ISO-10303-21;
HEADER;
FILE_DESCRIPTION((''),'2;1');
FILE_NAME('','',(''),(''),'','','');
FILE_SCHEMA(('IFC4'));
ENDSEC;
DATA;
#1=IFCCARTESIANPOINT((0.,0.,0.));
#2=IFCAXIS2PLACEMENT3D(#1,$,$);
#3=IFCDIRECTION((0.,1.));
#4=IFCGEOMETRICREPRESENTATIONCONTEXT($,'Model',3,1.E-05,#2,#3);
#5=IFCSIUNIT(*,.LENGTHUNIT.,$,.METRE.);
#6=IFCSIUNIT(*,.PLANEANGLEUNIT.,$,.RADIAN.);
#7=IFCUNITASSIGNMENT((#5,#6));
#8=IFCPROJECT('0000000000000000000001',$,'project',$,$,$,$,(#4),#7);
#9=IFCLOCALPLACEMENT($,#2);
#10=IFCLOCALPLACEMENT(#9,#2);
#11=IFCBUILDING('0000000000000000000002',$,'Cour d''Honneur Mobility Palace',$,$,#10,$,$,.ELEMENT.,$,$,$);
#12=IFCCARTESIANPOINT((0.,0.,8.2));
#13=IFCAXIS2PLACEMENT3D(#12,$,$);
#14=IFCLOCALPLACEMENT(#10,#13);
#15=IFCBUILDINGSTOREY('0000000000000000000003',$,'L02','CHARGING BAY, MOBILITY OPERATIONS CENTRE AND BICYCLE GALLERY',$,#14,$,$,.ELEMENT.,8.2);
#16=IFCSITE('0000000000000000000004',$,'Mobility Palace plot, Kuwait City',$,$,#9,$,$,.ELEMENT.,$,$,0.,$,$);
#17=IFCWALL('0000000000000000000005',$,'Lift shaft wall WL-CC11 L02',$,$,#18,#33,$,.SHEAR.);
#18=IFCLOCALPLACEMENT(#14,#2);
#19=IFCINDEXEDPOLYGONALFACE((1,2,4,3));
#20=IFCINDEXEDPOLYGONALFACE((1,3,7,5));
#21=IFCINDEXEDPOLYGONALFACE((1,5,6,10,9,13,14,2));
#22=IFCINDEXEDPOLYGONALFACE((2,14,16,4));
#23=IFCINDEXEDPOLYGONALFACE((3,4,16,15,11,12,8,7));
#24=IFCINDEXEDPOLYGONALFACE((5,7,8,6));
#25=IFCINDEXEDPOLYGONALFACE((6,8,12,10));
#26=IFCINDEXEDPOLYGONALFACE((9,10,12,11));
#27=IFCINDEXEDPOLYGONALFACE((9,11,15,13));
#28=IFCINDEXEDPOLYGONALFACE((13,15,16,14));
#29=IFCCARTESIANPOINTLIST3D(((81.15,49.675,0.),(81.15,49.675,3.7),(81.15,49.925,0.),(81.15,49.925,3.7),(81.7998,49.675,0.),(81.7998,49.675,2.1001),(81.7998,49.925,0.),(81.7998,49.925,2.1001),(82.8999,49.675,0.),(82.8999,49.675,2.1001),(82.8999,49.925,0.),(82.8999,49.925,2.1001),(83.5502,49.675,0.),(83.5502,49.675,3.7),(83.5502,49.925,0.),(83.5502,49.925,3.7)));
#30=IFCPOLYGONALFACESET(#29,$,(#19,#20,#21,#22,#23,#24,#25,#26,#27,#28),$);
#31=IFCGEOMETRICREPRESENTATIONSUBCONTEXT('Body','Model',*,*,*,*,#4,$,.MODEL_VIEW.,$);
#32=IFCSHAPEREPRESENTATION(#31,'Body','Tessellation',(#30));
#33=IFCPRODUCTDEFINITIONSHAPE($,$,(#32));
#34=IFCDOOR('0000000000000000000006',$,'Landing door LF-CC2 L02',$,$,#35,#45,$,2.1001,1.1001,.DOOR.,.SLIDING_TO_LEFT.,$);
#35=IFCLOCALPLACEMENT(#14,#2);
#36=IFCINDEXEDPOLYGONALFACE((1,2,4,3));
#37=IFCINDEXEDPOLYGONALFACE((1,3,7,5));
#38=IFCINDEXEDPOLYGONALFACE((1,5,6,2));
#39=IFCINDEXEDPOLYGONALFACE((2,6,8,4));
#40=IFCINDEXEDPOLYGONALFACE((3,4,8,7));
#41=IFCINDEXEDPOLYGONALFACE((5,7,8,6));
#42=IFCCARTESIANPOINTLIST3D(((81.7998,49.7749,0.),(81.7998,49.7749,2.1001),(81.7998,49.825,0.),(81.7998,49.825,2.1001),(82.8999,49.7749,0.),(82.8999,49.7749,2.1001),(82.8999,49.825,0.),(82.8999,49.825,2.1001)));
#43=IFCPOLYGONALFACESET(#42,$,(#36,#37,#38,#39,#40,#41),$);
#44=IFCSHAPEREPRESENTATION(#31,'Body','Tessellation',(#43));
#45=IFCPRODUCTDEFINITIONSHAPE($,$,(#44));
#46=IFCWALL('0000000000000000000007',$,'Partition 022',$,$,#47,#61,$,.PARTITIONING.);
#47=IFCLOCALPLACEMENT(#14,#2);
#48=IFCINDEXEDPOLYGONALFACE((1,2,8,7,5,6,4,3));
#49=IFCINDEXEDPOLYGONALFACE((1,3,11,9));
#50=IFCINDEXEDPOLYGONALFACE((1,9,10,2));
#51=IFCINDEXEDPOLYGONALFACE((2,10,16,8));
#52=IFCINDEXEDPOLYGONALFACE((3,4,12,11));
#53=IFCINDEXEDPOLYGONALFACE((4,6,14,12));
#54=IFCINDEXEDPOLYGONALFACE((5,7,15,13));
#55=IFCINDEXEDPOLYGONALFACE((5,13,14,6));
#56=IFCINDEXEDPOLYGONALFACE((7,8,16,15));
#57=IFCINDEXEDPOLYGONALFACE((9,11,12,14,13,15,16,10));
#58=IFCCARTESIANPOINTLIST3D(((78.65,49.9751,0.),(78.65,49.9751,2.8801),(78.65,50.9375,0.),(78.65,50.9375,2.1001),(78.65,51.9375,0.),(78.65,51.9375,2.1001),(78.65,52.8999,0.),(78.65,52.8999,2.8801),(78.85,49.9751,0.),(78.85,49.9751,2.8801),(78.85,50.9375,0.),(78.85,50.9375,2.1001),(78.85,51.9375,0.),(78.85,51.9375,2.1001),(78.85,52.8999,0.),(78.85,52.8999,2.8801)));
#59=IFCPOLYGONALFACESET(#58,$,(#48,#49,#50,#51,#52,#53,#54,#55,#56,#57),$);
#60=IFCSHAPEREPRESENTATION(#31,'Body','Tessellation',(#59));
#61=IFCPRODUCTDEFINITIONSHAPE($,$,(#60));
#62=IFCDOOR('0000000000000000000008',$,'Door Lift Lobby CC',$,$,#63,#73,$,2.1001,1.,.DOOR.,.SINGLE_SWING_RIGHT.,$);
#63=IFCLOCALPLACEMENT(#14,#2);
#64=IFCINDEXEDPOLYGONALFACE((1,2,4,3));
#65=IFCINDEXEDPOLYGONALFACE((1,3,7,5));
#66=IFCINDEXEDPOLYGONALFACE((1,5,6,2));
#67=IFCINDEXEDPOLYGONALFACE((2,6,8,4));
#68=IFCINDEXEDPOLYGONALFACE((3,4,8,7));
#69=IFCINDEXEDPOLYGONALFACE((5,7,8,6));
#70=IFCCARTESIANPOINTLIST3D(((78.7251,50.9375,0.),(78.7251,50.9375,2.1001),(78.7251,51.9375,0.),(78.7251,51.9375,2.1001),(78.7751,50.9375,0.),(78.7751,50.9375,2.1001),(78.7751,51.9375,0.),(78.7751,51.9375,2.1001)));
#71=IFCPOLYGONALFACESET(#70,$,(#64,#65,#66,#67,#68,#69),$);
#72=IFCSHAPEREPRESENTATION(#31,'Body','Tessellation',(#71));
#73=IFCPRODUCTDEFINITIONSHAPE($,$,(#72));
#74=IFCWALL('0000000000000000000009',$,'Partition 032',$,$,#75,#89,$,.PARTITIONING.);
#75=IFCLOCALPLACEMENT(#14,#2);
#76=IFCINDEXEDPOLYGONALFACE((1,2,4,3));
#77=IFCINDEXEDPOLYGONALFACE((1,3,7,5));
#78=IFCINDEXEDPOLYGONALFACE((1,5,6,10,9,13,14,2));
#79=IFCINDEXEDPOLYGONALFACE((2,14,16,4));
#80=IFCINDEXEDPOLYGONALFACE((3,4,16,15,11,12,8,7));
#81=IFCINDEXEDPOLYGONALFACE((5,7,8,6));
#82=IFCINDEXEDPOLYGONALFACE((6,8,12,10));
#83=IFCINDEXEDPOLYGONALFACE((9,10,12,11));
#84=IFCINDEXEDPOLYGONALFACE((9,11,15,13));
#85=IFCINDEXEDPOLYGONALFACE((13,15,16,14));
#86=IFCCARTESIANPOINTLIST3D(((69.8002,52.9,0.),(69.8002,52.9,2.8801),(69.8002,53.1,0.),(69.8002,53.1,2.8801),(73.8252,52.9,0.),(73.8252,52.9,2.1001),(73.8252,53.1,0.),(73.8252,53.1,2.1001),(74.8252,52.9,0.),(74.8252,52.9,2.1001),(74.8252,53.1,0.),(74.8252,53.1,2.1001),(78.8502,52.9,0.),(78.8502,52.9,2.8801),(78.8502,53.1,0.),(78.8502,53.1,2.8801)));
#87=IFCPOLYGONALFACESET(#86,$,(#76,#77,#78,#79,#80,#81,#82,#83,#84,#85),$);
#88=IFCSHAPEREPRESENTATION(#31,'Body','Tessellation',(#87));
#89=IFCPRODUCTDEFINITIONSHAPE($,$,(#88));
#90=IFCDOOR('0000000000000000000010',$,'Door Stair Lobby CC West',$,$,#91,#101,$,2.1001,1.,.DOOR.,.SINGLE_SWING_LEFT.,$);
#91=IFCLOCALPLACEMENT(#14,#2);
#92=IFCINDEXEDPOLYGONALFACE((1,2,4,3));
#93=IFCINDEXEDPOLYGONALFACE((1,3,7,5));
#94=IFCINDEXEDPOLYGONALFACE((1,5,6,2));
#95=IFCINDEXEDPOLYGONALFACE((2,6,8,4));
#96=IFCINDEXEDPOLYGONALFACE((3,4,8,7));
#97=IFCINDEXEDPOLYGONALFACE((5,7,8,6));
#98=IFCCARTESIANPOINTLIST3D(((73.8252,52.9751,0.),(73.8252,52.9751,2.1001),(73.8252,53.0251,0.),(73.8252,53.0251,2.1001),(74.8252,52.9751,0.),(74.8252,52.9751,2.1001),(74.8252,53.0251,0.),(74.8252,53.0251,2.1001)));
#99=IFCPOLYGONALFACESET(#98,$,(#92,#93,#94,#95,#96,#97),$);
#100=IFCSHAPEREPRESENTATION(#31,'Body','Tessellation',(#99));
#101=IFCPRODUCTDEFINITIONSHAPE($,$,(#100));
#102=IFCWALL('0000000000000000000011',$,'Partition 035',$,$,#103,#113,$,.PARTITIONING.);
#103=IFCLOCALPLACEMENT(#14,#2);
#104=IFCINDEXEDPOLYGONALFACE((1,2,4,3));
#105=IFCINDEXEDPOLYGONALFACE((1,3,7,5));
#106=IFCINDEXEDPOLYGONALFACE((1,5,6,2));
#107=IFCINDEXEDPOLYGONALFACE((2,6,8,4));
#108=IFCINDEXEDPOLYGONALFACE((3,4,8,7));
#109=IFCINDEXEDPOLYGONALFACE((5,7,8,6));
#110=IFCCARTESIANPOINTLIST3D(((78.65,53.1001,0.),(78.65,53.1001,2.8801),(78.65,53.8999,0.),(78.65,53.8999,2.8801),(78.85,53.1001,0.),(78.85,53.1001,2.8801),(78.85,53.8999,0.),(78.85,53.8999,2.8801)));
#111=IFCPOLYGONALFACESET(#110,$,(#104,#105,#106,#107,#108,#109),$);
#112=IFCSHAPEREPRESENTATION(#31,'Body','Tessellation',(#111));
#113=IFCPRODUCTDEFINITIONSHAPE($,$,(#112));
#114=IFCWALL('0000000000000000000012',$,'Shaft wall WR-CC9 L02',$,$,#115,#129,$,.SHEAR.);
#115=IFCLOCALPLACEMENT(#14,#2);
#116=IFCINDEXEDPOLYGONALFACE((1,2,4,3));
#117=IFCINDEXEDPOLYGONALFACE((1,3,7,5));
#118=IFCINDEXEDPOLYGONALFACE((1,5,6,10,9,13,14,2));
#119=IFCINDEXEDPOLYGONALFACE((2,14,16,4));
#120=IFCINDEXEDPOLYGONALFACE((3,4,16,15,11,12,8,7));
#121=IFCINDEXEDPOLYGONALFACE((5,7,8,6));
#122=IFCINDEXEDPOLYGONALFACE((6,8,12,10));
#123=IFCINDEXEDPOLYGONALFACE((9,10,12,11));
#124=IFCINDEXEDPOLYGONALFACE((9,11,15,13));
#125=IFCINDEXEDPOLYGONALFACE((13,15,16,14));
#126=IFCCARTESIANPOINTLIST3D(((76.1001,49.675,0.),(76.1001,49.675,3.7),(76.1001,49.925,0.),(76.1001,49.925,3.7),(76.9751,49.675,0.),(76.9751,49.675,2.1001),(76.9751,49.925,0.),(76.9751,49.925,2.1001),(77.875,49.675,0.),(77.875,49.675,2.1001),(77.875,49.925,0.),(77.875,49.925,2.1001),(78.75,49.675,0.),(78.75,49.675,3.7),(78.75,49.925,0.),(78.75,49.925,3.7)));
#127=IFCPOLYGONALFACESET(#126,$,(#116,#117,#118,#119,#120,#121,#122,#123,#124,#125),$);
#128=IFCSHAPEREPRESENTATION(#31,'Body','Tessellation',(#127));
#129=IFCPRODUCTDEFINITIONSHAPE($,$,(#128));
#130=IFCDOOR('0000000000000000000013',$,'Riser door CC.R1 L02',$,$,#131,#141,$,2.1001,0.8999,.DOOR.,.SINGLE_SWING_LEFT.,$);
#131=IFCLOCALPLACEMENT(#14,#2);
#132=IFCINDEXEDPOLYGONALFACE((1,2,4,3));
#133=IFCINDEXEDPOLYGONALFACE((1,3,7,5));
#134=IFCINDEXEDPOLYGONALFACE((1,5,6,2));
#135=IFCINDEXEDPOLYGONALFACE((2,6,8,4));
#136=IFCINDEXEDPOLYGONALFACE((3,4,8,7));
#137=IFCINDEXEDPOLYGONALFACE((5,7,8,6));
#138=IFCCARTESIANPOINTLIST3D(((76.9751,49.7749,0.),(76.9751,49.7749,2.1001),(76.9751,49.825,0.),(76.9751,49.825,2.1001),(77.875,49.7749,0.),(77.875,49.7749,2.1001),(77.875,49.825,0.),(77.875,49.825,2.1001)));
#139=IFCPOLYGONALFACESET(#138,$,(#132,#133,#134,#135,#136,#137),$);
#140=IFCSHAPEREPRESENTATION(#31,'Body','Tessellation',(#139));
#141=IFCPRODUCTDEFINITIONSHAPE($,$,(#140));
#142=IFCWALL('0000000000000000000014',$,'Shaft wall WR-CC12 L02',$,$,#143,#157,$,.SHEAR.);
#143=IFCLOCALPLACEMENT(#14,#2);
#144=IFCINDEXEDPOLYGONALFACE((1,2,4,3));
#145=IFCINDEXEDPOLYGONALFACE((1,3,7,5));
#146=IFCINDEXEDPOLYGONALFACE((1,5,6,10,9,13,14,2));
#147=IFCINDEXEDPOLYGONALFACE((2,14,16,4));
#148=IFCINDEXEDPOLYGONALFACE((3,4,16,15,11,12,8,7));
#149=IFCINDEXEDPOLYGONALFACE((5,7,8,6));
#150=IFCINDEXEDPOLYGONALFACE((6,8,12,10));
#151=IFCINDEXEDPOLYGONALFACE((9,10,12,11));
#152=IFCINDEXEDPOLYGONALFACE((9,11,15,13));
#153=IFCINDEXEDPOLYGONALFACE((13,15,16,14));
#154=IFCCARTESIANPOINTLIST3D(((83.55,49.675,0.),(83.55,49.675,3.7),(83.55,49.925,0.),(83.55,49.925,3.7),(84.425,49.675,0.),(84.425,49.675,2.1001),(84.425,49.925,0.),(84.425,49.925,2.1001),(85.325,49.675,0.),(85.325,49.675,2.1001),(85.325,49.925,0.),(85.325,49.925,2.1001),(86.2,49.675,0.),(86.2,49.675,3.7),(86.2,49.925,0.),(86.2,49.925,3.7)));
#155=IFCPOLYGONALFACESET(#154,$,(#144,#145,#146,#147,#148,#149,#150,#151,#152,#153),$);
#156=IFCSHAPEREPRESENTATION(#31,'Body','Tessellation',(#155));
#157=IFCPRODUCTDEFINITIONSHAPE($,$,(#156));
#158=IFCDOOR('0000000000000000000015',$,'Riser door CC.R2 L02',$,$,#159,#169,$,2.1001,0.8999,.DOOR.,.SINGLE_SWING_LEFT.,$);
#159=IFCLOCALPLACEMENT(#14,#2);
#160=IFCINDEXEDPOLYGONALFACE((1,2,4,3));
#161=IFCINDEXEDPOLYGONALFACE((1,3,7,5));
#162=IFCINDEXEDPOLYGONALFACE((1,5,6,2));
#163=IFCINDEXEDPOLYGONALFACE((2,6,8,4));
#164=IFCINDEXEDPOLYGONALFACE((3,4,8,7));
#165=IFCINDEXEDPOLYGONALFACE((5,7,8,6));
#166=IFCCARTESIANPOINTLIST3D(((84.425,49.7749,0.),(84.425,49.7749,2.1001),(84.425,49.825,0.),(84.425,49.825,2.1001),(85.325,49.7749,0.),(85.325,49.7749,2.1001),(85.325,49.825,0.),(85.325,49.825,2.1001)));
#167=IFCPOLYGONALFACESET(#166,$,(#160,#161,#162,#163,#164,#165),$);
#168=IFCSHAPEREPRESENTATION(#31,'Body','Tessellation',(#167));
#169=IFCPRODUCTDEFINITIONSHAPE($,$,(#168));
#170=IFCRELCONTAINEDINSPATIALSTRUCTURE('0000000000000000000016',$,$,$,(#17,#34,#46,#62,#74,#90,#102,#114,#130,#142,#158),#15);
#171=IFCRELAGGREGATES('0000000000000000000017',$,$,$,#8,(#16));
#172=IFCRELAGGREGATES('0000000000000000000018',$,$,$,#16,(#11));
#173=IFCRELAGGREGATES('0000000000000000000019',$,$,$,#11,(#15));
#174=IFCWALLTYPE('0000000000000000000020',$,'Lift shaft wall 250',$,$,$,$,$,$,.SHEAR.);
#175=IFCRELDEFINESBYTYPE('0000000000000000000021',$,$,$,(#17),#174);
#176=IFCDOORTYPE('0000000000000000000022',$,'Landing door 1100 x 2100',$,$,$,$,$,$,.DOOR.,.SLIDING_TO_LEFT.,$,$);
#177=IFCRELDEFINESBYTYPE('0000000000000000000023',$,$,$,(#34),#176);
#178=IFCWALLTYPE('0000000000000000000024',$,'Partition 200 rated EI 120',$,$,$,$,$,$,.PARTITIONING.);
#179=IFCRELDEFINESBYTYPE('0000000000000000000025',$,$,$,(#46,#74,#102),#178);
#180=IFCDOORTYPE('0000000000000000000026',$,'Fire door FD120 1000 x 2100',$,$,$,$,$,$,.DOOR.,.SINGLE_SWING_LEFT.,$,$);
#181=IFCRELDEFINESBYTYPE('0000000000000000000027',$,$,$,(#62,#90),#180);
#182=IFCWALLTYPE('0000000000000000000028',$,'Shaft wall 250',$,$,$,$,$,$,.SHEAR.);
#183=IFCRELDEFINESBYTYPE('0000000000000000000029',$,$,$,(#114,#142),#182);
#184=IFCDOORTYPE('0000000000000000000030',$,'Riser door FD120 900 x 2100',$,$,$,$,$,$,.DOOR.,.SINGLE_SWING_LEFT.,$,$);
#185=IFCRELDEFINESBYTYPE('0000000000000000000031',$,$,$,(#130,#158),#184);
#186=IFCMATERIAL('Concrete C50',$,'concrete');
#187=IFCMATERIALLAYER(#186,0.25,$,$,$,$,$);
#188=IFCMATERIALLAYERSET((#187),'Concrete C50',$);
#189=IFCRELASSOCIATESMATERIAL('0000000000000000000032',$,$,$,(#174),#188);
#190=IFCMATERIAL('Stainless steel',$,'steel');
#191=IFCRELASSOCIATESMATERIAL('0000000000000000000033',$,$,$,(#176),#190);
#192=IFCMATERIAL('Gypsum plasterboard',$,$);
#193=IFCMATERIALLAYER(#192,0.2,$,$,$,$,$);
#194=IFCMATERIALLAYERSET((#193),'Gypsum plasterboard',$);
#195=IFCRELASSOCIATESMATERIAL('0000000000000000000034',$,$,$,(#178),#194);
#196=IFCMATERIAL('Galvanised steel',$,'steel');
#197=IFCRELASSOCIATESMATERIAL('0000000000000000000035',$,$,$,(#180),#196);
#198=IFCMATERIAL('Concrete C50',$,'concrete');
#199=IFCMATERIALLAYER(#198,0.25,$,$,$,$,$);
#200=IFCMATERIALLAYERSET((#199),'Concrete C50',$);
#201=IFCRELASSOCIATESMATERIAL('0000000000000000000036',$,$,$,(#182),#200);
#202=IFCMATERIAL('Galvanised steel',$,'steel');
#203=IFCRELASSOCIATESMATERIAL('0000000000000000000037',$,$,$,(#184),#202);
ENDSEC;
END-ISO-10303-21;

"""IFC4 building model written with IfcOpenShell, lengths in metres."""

from ifc_helpers import new_model, si_unit, direction, frame, frame_2d, origin, place, context, subcontext, project, spatial, rectangle, extrude, material, layer, layer_set, type_object, element, fill, save


model = new_model("IFC4")

# Units and contexts
model_context = context("Model", 3, precision=1e-05, world=origin(), true_north=direction((0.0, 1.0)))
body_context = subcontext(model_context, "Body", "Model", "MODEL_VIEW")
ifc_project = project(units=[si_unit("LENGTHUNIT", "METRE"), si_unit("PLANEANGLEUNIT", "RADIAN")], contexts=[model_context])

# Site, building, storey
site_placement = place(None, origin())
site = spatial("IfcSite", under=ifc_project, at=site_placement, Name="Mobility Palace plot, Kuwait City", CompositionType="ELEMENT", RefElevation=0.0)
building_placement = place(site_placement, origin())
building = spatial("IfcBuilding", under=site, at=building_placement, Name="Cour d'Honneur Mobility Palace", CompositionType="ELEMENT")
storey_placement = place(building_placement, frame((0.0, 0.0, 8.2)))
storey = spatial("IfcBuildingStorey", under=building, at=storey_placement, Name="L02", Description="CHARGING BAY, MOBILITY OPERATIONS CENTRE AND BICYCLE GALLERY", CompositionType="ELEMENT", Elevation=8.2)

# Walls, openings, doors
ifc_material_1 = material(Name="Concrete C50", Category="concrete")
ifc_layer_1 = layer(ifc_material_1, 0.25)
ifc_layer_set_1 = layer_set([ifc_layer_1], Name="Concrete C50")
wall_type_1 = type_object("IfcWallType", Name="Lift shaft wall 250", PredefinedType="SHEAR", material=ifc_layer_set_1)
ifc_material_2 = material(Name="Stainless steel", Category="steel")
door_type_1 = type_object("IfcDoorType", Name="Landing door 1100 x 2100", OperationType="SLIDING_TO_LEFT", PredefinedType="DOOR", material=ifc_material_2)
wall_1_placement = place(storey_placement, frame((81.1499, 49.8, 0.0), z_axis=(0.0, 0.0, 1.0), x_axis=(1.0, 0.0, 0.0)))
wall_1 = element("IfcWall", 1, at=wall_1_placement, inside=storey, type_object=wall_type_1, Name="Lift shaft wall WL-CC11 L02", PredefinedType="SHEAR", context=body_context, shape_type="SweptSolid", body=[
    extrude(rectangle(XDim=2.4001, YDim=0.25, at=frame_2d((1.2002, 0.0))), origin(), (0.0, 0.0, 1.0), 3.7),
])
opening_1_placement = place(wall_1_placement, frame((0.6499, 0.0, 0.0)))
opening_1 = element("IfcOpeningElement", 2, at=opening_1_placement, cuts=wall_1, PredefinedType="OPENING", context=body_context, shape_type="SweptSolid", body=[
    extrude(rectangle(XDim=1.1001, YDim=2.1001, at=frame_2d((0.55, 1.05))), frame((0.0, 0.135, 0.0), z_axis=(0.0, -1.0, 0.0), x_axis=(1.0, 0.0, 0.0)), (0.0, 0.0, 1.0), 0.27),
])
door_1_placement = place(opening_1_placement, origin())
door_1 = element("IfcDoor", 3, at=door_1_placement, inside=storey, type_object=door_type_1, Name="Landing door LF-CC2 L02", OperationType="SLIDING_TO_LEFT", OverallHeight=2.1001, OverallWidth=1.1001, PredefinedType="DOOR", context=body_context, shape_type="SweptSolid", body=[
    extrude(rectangle(XDim=1.1001, YDim=2.1001, at=frame_2d((0.55, 1.05))), frame((0.0, 0.0249, 0.0), z_axis=(0.0, -1.0, 0.0), x_axis=(1.0, 0.0, 0.0)), (0.0, 0.0, 1.0), 0.05),
])
fill(opening_1, door_1)
ifc_material_3 = material(Name="Gypsum plasterboard")
ifc_layer_2 = layer(ifc_material_3, 0.2)
ifc_layer_set_2 = layer_set([ifc_layer_2], Name="Gypsum plasterboard")
wall_type_2 = type_object("IfcWallType", Name="Partition 200 rated EI 120", PredefinedType="PARTITIONING", material=ifc_layer_set_2)
wall_2_placement = place(storey_placement, frame((78.75, 49.9751, 0.0), z_axis=(0.0, 0.0, 1.0), x_axis=(0.0, 1.0, 0.0)))
wall_2 = element("IfcWall", 4, at=wall_2_placement, inside=storey, type_object=wall_type_2, Name="Partition 022", PredefinedType="PARTITIONING", context=body_context, shape_type="SweptSolid", body=[
    extrude(rectangle(XDim=2.9248, YDim=0.2, at=frame_2d((1.4624, 0.0))), origin(), (0.0, 0.0, 1.0), 2.8801),
])
opening_2_placement = place(wall_2_placement, frame((0.9624, 0.0, 0.0)))
opening_2 = element("IfcOpeningElement", 5, at=opening_2_placement, cuts=wall_2, PredefinedType="OPENING", context=body_context, shape_type="SweptSolid", body=[
    extrude(rectangle(XDim=1.0, YDim=2.1001, at=frame_2d((0.5, 1.05))), frame((0.0, 0.1099, 0.0), z_axis=(0.0, -1.0, 0.0), x_axis=(1.0, 0.0, 0.0)), (0.0, 0.0, 1.0), 0.22),
])
ifc_material_4 = material(Name="Galvanised steel", Category="steel")
door_type_2 = type_object("IfcDoorType", Name="Fire door FD120 1000 x 2100", OperationType="SINGLE_SWING_LEFT", PredefinedType="DOOR", material=ifc_material_4)
door_2_placement = place(opening_2_placement, origin())
door_2 = element("IfcDoor", 6, at=door_2_placement, inside=storey, type_object=door_type_2, Name="Door Lift Lobby CC", OperationType="SINGLE_SWING_RIGHT", OverallHeight=2.1001, OverallWidth=1.0, PredefinedType="DOOR", context=body_context, shape_type="SweptSolid", body=[
    extrude(rectangle(XDim=1.0, YDim=2.1001, at=frame_2d((0.5, 1.05))), frame((0.0, 0.0249, 0.0), z_axis=(0.0, -1.0, 0.0), x_axis=(1.0, 0.0, 0.0)), (0.0, 0.0, 1.0), 0.05),
])
fill(opening_2, door_2)
wall_3_placement = place(storey_placement, frame((78.8501, 53.0, 0.0), z_axis=(0.0, 0.0, 1.0), x_axis=(-1.0, 0.0, 0.0)))
wall_3 = element("IfcWall", 7, at=wall_3_placement, inside=storey, type_object=wall_type_2, Name="Partition 032", PredefinedType="PARTITIONING", context=body_context, shape_type="SweptSolid", body=[
    extrude(rectangle(XDim=9.05, YDim=0.2, at=frame_2d((4.5249, 0.0))), origin(), (0.0, 0.0, 1.0), 2.8801),
])
opening_3_placement = place(wall_3_placement, frame((4.0249, 0.0, 0.0)))
opening_3 = element("IfcOpeningElement", 8, at=opening_3_placement, cuts=wall_3, PredefinedType="OPENING", context=body_context, shape_type="SweptSolid", body=[
    extrude(rectangle(XDim=1.0, YDim=2.1001, at=frame_2d((0.5, 1.05))), frame((0.0, 0.1099, 0.0), z_axis=(0.0, -1.0, 0.0), x_axis=(1.0, 0.0, 0.0)), (0.0, 0.0, 1.0), 0.22),
])
door_3_placement = place(opening_3_placement, origin())
door_3 = element("IfcDoor", 9, at=door_3_placement, inside=storey, type_object=door_type_2, Name="Door Stair Lobby CC West", OperationType="SINGLE_SWING_LEFT", OverallHeight=2.1001, OverallWidth=1.0, PredefinedType="DOOR", context=body_context, shape_type="SweptSolid", body=[
    extrude(rectangle(XDim=1.0, YDim=2.1001, at=frame_2d((0.5, 1.05))), frame((0.0, 0.0249, 0.0), z_axis=(0.0, -1.0, 0.0), x_axis=(1.0, 0.0, 0.0)), (0.0, 0.0, 1.0), 0.05),
])
fill(opening_3, door_3)

# Wall
wall_4_placement = place(storey_placement, frame((78.75, 53.8999, 0.0), z_axis=(0.0, 0.0, 1.0), x_axis=(0.0, -1.0, 0.0)))
element("IfcWall", 10, at=wall_4_placement, inside=storey, type_object=wall_type_2, Name="Partition 035", PredefinedType="PARTITIONING", context=body_context, shape_type="SweptSolid", body=[
    extrude(rectangle(XDim=0.7998, YDim=0.2, at=frame_2d((0.3999, 0.0))), origin(), (0.0, 0.0, 1.0), 2.8801),
])

# Walls, openings, doors
ifc_material_5 = material(Name="Concrete C50", Category="concrete")
ifc_layer_3 = layer(ifc_material_5, 0.25)
ifc_layer_set_3 = layer_set([ifc_layer_3], Name="Concrete C50")
wall_type_3 = type_object("IfcWallType", Name="Shaft wall 250", PredefinedType="SHEAR", material=ifc_layer_set_3)
wall_5_placement = place(storey_placement, frame((76.1001, 49.8, 0.0), z_axis=(0.0, 0.0, 1.0), x_axis=(1.0, 0.0, 0.0)))
wall_5 = element("IfcWall", 11, at=wall_5_placement, inside=storey, type_object=wall_type_3, Name="Shaft wall WR-CC9 L02", PredefinedType="SHEAR", context=body_context, shape_type="SweptSolid", body=[
    extrude(rectangle(XDim=2.6499, YDim=0.25, at=frame_2d((1.325, 0.0))), origin(), (0.0, 0.0, 1.0), 3.7),
])
opening_4_placement = place(wall_5_placement, frame((0.875, 0.0, 0.0)))
opening_4 = element("IfcOpeningElement", 12, at=opening_4_placement, cuts=wall_5, PredefinedType="OPENING", context=body_context, shape_type="SweptSolid", body=[
    extrude(rectangle(XDim=0.8999, YDim=2.1001, at=frame_2d((0.45, 1.05))), frame((0.0, 0.135, 0.0), z_axis=(0.0, -1.0, 0.0), x_axis=(1.0, 0.0, 0.0)), (0.0, 0.0, 1.0), 0.27),
])
ifc_material_6 = material(Name="Galvanised steel", Category="steel")
door_type_3 = type_object("IfcDoorType", Name="Riser door FD120 900 x 2100", OperationType="SINGLE_SWING_LEFT", PredefinedType="DOOR", material=ifc_material_6)
door_4_placement = place(opening_4_placement, origin())
door_4 = element("IfcDoor", 13, at=door_4_placement, inside=storey, type_object=door_type_3, Name="Riser door CC.R1 L02", OperationType="SINGLE_SWING_LEFT", OverallHeight=2.1001, OverallWidth=0.8999, PredefinedType="DOOR", context=body_context, shape_type="SweptSolid", body=[
    extrude(rectangle(XDim=0.8999, YDim=2.1001, at=frame_2d((0.45, 1.05))), frame((0.0, 0.0249, 0.0), z_axis=(0.0, -1.0, 0.0), x_axis=(1.0, 0.0, 0.0)), (0.0, 0.0, 1.0), 0.05),
])
fill(opening_4, door_4)
wall_6_placement = place(storey_placement, frame((83.55, 49.8, 0.0), z_axis=(0.0, 0.0, 1.0), x_axis=(1.0, 0.0, 0.0)))
wall_6 = element("IfcWall", 14, at=wall_6_placement, inside=storey, type_object=wall_type_3, Name="Shaft wall WR-CC12 L02", PredefinedType="SHEAR", context=body_context, shape_type="SweptSolid", body=[
    extrude(rectangle(XDim=2.6499, YDim=0.25, at=frame_2d((1.325, 0.0))), origin(), (0.0, 0.0, 1.0), 3.7),
])
opening_5_placement = place(wall_6_placement, frame((0.875, 0.0, 0.0)))
opening_5 = element("IfcOpeningElement", 15, at=opening_5_placement, cuts=wall_6, PredefinedType="OPENING", context=body_context, shape_type="SweptSolid", body=[
    extrude(rectangle(XDim=0.8999, YDim=2.1001, at=frame_2d((0.45, 1.05))), frame((0.0, 0.135, 0.0), z_axis=(0.0, -1.0, 0.0), x_axis=(1.0, 0.0, 0.0)), (0.0, 0.0, 1.0), 0.27),
])
door_5_placement = place(opening_5_placement, origin())
door_5 = element("IfcDoor", 16, at=door_5_placement, inside=storey, type_object=door_type_3, Name="Riser door CC.R2 L02", OperationType="SINGLE_SWING_LEFT", OverallHeight=2.1001, OverallWidth=0.8999, PredefinedType="DOOR", context=body_context, shape_type="SweptSolid", body=[
    extrude(rectangle(XDim=0.8999, YDim=2.1001, at=frame_2d((0.45, 1.05))), frame((0.0, 0.0249, 0.0), z_axis=(0.0, -1.0, 0.0), x_axis=(1.0, 0.0, 0.0)), (0.0, 0.0, 1.0), 0.05),
])
fill(opening_5, door_5)

save(model, "model.ifc")
